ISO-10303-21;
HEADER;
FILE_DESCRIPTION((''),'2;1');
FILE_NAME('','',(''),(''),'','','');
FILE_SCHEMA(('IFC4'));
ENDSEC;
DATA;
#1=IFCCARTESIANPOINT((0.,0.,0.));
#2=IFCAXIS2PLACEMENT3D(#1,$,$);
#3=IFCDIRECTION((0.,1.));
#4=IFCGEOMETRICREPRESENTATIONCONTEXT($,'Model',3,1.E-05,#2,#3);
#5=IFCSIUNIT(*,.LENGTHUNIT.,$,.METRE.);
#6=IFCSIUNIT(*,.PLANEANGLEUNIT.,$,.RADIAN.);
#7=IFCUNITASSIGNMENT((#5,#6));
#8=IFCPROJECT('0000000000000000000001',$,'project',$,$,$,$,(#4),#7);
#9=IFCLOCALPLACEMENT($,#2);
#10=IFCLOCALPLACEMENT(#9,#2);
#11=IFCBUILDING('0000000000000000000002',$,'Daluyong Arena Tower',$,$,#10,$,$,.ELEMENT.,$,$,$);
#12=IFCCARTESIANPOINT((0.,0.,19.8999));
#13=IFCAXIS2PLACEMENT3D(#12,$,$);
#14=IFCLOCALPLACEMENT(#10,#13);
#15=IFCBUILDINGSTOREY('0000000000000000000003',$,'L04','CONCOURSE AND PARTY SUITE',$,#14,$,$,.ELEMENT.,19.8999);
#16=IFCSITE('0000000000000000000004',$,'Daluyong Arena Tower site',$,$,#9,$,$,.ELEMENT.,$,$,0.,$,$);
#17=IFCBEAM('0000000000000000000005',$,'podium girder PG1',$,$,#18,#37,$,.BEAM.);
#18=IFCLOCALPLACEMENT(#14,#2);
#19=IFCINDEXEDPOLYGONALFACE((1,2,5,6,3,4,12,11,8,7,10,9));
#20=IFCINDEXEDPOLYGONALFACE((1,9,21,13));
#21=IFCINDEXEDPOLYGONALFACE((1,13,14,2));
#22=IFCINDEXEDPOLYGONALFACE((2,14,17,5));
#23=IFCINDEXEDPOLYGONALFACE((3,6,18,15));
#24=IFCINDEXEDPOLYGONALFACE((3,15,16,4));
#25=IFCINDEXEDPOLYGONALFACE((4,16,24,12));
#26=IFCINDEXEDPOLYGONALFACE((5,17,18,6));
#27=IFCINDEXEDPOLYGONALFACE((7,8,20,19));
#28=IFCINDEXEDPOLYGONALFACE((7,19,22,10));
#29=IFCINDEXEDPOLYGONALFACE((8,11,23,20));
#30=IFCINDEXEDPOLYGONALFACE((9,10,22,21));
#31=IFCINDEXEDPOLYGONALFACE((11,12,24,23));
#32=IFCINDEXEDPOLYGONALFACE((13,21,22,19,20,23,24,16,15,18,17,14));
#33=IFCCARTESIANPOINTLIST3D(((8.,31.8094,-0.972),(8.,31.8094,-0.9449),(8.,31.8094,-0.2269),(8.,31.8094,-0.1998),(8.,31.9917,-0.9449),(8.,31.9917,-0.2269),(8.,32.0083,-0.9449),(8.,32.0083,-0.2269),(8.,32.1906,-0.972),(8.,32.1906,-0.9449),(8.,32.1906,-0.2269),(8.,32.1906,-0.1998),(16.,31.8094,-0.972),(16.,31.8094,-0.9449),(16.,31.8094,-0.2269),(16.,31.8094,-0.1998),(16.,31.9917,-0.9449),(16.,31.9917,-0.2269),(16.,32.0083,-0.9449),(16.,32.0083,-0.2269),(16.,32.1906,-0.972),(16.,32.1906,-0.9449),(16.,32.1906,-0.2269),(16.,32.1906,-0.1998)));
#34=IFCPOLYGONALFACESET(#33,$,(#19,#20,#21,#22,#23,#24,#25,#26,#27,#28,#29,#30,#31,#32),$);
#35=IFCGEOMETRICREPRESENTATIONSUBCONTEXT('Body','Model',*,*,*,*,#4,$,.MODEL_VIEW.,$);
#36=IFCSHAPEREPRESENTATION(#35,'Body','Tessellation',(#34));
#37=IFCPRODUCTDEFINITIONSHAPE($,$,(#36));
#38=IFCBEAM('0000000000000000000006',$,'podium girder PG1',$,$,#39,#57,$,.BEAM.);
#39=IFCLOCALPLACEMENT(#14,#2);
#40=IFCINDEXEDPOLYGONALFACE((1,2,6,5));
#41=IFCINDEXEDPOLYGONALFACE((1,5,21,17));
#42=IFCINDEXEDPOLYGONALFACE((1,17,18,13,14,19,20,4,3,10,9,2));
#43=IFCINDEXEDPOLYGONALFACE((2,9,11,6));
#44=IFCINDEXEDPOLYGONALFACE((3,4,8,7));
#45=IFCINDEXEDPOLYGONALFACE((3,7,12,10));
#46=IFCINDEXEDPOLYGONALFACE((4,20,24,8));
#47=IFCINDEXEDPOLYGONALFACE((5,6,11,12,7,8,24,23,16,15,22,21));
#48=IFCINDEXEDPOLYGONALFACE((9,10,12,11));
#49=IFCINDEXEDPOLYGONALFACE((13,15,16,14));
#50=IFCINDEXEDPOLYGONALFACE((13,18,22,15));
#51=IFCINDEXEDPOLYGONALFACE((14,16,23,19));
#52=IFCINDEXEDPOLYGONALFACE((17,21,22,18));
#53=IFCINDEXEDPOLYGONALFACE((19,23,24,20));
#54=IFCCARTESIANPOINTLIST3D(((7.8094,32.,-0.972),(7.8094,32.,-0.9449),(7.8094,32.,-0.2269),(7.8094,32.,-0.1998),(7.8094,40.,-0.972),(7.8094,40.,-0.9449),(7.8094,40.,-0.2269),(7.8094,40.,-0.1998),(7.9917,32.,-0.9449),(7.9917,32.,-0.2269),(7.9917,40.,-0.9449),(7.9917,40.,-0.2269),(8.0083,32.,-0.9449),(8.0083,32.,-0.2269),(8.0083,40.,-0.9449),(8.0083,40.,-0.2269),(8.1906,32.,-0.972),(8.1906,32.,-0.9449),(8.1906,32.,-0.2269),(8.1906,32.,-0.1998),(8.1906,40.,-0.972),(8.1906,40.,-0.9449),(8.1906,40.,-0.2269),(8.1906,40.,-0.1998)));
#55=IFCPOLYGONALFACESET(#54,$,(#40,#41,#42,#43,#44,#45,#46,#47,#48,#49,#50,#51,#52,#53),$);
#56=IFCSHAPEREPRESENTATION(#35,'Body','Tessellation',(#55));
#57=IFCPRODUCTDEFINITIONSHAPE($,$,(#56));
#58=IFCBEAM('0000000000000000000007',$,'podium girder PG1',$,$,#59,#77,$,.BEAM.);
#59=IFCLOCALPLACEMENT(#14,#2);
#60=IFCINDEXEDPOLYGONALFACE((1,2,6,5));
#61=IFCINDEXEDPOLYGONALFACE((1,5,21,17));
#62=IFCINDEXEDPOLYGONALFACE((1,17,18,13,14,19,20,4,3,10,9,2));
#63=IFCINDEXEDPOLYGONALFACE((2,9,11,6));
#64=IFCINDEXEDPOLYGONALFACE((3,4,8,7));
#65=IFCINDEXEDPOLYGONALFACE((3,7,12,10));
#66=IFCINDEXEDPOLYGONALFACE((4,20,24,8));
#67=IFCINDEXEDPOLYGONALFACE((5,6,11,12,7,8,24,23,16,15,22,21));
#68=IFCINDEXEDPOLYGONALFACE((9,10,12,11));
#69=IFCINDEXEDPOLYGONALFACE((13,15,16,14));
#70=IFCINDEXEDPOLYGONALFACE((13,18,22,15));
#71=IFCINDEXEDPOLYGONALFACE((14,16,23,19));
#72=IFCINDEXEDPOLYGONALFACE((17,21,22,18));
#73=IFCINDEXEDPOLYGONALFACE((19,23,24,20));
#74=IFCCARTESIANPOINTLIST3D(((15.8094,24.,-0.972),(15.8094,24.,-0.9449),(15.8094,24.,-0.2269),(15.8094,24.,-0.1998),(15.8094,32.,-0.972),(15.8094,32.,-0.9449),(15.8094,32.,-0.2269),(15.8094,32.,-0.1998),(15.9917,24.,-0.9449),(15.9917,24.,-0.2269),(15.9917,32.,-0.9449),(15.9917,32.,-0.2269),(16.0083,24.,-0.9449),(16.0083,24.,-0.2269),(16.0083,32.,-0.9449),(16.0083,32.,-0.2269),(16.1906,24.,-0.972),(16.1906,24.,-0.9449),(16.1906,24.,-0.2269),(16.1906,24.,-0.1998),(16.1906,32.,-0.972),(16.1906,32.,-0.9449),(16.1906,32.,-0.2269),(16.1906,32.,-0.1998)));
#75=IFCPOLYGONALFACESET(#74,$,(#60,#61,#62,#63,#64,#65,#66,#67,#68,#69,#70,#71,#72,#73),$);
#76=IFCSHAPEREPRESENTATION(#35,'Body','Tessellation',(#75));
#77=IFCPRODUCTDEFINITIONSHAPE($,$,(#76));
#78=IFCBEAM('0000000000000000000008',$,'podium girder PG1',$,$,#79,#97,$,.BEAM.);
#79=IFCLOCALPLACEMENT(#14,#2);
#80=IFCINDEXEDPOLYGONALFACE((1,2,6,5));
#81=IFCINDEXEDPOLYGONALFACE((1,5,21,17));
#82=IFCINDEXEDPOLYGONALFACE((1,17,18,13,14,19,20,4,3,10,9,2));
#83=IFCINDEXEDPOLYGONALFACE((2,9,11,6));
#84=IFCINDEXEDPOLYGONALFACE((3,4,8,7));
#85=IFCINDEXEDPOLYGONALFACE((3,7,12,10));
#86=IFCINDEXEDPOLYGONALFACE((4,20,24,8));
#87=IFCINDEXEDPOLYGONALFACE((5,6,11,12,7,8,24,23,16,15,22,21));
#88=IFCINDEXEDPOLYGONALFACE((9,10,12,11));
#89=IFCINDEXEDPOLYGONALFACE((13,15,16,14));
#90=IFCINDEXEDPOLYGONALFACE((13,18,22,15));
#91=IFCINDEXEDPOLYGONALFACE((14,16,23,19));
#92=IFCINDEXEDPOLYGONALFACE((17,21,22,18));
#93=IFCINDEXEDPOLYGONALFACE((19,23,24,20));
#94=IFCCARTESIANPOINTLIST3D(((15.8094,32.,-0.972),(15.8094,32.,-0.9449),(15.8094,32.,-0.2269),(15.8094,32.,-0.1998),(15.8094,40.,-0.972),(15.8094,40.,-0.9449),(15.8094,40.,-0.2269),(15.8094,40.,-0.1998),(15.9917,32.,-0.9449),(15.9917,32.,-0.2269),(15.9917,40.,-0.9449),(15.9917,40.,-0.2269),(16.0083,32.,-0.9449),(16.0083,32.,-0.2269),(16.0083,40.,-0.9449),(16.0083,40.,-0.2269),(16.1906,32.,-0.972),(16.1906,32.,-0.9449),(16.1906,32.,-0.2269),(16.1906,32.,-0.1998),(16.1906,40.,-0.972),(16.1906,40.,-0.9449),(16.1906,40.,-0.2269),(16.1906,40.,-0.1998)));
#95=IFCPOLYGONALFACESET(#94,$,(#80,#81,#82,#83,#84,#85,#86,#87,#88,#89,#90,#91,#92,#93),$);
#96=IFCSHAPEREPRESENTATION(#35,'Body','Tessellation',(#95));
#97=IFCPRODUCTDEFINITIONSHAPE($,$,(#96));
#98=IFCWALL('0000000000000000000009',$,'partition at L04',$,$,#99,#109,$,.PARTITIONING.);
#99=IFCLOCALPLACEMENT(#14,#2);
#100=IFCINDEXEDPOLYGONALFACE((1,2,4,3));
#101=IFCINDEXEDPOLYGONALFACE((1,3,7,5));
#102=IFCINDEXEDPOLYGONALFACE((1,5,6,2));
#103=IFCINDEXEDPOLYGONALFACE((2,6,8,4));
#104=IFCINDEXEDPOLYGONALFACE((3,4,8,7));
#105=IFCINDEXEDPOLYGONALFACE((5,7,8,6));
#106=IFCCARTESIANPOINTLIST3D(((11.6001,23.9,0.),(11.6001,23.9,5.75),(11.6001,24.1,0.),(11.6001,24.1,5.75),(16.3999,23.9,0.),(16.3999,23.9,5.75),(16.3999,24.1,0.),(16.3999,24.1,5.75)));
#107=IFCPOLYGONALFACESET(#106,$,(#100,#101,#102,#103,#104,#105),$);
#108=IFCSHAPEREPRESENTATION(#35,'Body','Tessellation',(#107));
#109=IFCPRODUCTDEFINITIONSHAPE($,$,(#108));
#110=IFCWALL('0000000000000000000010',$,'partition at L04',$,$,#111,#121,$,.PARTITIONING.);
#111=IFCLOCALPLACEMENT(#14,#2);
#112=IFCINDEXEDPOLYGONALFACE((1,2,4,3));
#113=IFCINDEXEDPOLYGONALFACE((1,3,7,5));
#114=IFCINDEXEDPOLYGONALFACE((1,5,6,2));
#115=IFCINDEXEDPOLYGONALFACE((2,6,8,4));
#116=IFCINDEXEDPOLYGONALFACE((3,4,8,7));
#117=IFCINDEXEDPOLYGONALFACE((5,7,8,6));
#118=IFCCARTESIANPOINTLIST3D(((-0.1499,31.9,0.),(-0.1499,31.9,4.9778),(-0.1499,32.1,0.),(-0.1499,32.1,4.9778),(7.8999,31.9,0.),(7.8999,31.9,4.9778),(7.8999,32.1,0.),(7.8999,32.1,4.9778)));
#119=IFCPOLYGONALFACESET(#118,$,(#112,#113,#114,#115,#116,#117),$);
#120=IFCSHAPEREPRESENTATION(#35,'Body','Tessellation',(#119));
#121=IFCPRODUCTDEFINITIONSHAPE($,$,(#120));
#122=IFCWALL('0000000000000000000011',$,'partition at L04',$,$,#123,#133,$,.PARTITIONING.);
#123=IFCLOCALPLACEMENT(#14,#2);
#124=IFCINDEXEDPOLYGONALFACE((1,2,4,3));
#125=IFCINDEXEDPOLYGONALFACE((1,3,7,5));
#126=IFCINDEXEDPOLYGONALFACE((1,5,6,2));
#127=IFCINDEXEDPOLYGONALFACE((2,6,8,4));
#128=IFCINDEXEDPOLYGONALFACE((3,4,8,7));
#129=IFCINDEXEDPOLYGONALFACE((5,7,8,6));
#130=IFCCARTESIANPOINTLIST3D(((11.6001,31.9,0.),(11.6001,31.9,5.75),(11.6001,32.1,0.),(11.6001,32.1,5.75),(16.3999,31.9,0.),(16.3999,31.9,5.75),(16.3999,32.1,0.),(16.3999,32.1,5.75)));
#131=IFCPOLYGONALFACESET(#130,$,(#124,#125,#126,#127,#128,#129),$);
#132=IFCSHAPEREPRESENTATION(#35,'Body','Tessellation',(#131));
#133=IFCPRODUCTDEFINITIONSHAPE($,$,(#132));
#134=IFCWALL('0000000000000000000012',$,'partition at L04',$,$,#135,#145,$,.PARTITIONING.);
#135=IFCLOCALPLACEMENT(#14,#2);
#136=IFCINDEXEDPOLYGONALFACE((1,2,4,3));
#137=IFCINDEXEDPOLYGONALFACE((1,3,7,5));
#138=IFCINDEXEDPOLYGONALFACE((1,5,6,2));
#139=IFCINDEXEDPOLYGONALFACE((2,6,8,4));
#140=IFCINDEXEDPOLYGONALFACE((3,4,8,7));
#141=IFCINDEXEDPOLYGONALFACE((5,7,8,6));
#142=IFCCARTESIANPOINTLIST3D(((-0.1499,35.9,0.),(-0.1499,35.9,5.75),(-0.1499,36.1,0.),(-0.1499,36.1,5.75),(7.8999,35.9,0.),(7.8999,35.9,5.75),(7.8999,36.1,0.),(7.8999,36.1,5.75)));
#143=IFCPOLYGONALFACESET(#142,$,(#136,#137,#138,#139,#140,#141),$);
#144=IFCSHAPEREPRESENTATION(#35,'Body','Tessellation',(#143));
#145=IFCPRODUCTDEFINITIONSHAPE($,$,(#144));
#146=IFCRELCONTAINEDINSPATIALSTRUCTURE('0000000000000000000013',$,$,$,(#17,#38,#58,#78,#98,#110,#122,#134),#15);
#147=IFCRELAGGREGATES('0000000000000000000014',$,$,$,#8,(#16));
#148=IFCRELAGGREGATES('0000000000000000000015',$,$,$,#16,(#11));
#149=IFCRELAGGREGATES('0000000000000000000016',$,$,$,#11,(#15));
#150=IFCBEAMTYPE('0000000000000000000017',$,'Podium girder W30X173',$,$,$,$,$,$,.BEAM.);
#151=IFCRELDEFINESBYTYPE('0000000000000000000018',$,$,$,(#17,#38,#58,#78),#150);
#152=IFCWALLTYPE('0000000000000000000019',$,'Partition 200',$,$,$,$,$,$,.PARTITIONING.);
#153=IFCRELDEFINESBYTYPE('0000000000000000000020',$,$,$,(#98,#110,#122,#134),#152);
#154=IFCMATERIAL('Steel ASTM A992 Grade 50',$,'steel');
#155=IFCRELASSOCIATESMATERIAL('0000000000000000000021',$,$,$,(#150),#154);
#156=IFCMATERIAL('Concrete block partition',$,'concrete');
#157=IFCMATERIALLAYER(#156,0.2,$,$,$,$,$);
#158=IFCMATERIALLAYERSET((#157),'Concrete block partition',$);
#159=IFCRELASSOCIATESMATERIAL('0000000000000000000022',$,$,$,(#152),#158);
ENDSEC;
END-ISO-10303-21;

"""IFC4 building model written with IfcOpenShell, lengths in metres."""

from ifc_helpers import new_model, si_unit, direction, frame, frame_2d, origin, origin_2d, place, context, subcontext, project, spatial, rectangle, i_section, extrude, material, layer, layer_set, material_profile, profile_set, type_object, element, save


model = new_model("IFC4")

# Units and contexts
model_context = context("Model", 3, precision=1e-05, world=origin(), true_north=direction((0.0, 1.0)))
body_context = subcontext(model_context, "Body", "Model", "MODEL_VIEW")
ifc_project = project(units=[si_unit("LENGTHUNIT", "METRE"), si_unit("PLANEANGLEUNIT", "RADIAN")], contexts=[model_context])

# Site, building, storey
site_placement = place(None, origin())
site = spatial("IfcSite", under=ifc_project, at=site_placement, Name="Daluyong Arena Tower site", CompositionType="ELEMENT", RefElevation=0.0)
building_placement = place(site_placement, origin())
building = spatial("IfcBuilding", under=site, at=building_placement, Name="Daluyong Arena Tower", CompositionType="ELEMENT")
storey_placement = place(building_placement, frame((0.0, 0.0, 19.8999)))
storey = spatial("IfcBuildingStorey", under=building, at=storey_placement, Name="L04", Description="CONCOURSE AND PARTY SUITE", CompositionType="ELEMENT", Elevation=19.8999)

# Beams
ifc_material_1 = material(Name="Steel ASTM A992 Grade 50", Category="steel")
ifc_material_profile_1 = material_profile(ifc_material_1, i_section(OverallWidth=0.3811, OverallDepth=0.7722, WebThickness=0.0166, FlangeThickness=0.0271, at=origin_2d()))
ifc_profile_set_1 = profile_set([ifc_material_profile_1], Name="Steel ASTM A992 Grade 50")
beam_type_1 = type_object("IfcBeamType", Name="Podium girder W30X173", PredefinedType="BEAM", material=ifc_profile_set_1)
for number, where, z_axis, x_axis, name in (
    (1, (8.0, 32.0, -0.5859), (1.0, 0.0, 0.0), (0.0, 1.0, 0.0), "podium girder PG1"),
    (2, (8.0, 32.0, -0.5859), (0.0, 1.0, 0.0), (-1.0, 0.0, 0.0), "podium girder PG1"),
    (3, (16.0, 24.0, -0.5859), (0.0, 1.0, 0.0), (-1.0, 0.0, 0.0), "podium girder PG1"),
    (4, (16.0, 32.0, -0.5859), (0.0, 1.0, 0.0), (-1.0, 0.0, 0.0), "podium girder PG1"),
):
    element("IfcBeam", number, at=place(storey_placement, frame(where, z_axis=z_axis, x_axis=x_axis)), inside=storey, type_object=beam_type_1, Name=name, PredefinedType="BEAM", context=body_context, shape_type="SweptSolid", body=[
        extrude(i_section(OverallWidth=0.3811, OverallDepth=0.7722, WebThickness=0.0166, FlangeThickness=0.0271, at=origin_2d()), origin(), (0.0, 0.0, 1.0), 8.0),
    ])

# Walls
ifc_material_2 = material(Name="Concrete block partition", Category="concrete")
ifc_layer = layer(ifc_material_2, 0.2)
ifc_layer_set = layer_set([ifc_layer], Name="Concrete block partition")
wall_type = type_object("IfcWallType", Name="Partition 200", PredefinedType="PARTITIONING", material=ifc_layer_set)
wall_1_placement = place(storey_placement, frame((11.6001, 24.0, 0.0), z_axis=(0.0, 0.0, 1.0), x_axis=(1.0, 0.0, 0.0)))
element("IfcWall", 5, at=wall_1_placement, inside=storey, type_object=wall_type, Name="partition at L04", PredefinedType="PARTITIONING", context=body_context, shape_type="SweptSolid", body=[
    extrude(rectangle(XDim=4.7998, YDim=0.2, at=frame_2d((2.3999, 0.0))), origin(), (0.0, 0.0, 1.0), 5.75),
])
wall_2_placement = place(storey_placement, frame((-0.1499, 32.0, 0.0), z_axis=(0.0, 0.0, 1.0), x_axis=(1.0, 0.0, 0.0)))
element("IfcWall", 6, at=wall_2_placement, inside=storey, type_object=wall_type, Name="partition at L04", PredefinedType="PARTITIONING", context=body_context, shape_type="SweptSolid", body=[
    extrude(rectangle(XDim=8.0498, YDim=0.2, at=frame_2d((4.0249, 0.0))), origin(), (0.0, 0.0, 1.0), 4.9778),
])
wall_3_placement = place(storey_placement, frame((11.6001, 32.0, 0.0), z_axis=(0.0, 0.0, 1.0), x_axis=(1.0, 0.0, 0.0)))
element("IfcWall", 7, at=wall_3_placement, inside=storey, type_object=wall_type, Name="partition at L04", PredefinedType="PARTITIONING", context=body_context, shape_type="SweptSolid", body=[
    extrude(rectangle(XDim=4.7998, YDim=0.2, at=frame_2d((2.3999, 0.0))), origin(), (0.0, 0.0, 1.0), 5.75),
])
wall_4_placement = place(storey_placement, frame((-0.1499, 36.0, 0.0), z_axis=(0.0, 0.0, 1.0), x_axis=(1.0, 0.0, 0.0)))
element("IfcWall", 8, at=wall_4_placement, inside=storey, type_object=wall_type, Name="partition at L04", PredefinedType="PARTITIONING", context=body_context, shape_type="SweptSolid", body=[
    extrude(rectangle(XDim=8.0498, YDim=0.2, at=frame_2d((4.0249, 0.0))), origin(), (0.0, 0.0, 1.0), 5.75),
])

save(model, "model.ifc")
